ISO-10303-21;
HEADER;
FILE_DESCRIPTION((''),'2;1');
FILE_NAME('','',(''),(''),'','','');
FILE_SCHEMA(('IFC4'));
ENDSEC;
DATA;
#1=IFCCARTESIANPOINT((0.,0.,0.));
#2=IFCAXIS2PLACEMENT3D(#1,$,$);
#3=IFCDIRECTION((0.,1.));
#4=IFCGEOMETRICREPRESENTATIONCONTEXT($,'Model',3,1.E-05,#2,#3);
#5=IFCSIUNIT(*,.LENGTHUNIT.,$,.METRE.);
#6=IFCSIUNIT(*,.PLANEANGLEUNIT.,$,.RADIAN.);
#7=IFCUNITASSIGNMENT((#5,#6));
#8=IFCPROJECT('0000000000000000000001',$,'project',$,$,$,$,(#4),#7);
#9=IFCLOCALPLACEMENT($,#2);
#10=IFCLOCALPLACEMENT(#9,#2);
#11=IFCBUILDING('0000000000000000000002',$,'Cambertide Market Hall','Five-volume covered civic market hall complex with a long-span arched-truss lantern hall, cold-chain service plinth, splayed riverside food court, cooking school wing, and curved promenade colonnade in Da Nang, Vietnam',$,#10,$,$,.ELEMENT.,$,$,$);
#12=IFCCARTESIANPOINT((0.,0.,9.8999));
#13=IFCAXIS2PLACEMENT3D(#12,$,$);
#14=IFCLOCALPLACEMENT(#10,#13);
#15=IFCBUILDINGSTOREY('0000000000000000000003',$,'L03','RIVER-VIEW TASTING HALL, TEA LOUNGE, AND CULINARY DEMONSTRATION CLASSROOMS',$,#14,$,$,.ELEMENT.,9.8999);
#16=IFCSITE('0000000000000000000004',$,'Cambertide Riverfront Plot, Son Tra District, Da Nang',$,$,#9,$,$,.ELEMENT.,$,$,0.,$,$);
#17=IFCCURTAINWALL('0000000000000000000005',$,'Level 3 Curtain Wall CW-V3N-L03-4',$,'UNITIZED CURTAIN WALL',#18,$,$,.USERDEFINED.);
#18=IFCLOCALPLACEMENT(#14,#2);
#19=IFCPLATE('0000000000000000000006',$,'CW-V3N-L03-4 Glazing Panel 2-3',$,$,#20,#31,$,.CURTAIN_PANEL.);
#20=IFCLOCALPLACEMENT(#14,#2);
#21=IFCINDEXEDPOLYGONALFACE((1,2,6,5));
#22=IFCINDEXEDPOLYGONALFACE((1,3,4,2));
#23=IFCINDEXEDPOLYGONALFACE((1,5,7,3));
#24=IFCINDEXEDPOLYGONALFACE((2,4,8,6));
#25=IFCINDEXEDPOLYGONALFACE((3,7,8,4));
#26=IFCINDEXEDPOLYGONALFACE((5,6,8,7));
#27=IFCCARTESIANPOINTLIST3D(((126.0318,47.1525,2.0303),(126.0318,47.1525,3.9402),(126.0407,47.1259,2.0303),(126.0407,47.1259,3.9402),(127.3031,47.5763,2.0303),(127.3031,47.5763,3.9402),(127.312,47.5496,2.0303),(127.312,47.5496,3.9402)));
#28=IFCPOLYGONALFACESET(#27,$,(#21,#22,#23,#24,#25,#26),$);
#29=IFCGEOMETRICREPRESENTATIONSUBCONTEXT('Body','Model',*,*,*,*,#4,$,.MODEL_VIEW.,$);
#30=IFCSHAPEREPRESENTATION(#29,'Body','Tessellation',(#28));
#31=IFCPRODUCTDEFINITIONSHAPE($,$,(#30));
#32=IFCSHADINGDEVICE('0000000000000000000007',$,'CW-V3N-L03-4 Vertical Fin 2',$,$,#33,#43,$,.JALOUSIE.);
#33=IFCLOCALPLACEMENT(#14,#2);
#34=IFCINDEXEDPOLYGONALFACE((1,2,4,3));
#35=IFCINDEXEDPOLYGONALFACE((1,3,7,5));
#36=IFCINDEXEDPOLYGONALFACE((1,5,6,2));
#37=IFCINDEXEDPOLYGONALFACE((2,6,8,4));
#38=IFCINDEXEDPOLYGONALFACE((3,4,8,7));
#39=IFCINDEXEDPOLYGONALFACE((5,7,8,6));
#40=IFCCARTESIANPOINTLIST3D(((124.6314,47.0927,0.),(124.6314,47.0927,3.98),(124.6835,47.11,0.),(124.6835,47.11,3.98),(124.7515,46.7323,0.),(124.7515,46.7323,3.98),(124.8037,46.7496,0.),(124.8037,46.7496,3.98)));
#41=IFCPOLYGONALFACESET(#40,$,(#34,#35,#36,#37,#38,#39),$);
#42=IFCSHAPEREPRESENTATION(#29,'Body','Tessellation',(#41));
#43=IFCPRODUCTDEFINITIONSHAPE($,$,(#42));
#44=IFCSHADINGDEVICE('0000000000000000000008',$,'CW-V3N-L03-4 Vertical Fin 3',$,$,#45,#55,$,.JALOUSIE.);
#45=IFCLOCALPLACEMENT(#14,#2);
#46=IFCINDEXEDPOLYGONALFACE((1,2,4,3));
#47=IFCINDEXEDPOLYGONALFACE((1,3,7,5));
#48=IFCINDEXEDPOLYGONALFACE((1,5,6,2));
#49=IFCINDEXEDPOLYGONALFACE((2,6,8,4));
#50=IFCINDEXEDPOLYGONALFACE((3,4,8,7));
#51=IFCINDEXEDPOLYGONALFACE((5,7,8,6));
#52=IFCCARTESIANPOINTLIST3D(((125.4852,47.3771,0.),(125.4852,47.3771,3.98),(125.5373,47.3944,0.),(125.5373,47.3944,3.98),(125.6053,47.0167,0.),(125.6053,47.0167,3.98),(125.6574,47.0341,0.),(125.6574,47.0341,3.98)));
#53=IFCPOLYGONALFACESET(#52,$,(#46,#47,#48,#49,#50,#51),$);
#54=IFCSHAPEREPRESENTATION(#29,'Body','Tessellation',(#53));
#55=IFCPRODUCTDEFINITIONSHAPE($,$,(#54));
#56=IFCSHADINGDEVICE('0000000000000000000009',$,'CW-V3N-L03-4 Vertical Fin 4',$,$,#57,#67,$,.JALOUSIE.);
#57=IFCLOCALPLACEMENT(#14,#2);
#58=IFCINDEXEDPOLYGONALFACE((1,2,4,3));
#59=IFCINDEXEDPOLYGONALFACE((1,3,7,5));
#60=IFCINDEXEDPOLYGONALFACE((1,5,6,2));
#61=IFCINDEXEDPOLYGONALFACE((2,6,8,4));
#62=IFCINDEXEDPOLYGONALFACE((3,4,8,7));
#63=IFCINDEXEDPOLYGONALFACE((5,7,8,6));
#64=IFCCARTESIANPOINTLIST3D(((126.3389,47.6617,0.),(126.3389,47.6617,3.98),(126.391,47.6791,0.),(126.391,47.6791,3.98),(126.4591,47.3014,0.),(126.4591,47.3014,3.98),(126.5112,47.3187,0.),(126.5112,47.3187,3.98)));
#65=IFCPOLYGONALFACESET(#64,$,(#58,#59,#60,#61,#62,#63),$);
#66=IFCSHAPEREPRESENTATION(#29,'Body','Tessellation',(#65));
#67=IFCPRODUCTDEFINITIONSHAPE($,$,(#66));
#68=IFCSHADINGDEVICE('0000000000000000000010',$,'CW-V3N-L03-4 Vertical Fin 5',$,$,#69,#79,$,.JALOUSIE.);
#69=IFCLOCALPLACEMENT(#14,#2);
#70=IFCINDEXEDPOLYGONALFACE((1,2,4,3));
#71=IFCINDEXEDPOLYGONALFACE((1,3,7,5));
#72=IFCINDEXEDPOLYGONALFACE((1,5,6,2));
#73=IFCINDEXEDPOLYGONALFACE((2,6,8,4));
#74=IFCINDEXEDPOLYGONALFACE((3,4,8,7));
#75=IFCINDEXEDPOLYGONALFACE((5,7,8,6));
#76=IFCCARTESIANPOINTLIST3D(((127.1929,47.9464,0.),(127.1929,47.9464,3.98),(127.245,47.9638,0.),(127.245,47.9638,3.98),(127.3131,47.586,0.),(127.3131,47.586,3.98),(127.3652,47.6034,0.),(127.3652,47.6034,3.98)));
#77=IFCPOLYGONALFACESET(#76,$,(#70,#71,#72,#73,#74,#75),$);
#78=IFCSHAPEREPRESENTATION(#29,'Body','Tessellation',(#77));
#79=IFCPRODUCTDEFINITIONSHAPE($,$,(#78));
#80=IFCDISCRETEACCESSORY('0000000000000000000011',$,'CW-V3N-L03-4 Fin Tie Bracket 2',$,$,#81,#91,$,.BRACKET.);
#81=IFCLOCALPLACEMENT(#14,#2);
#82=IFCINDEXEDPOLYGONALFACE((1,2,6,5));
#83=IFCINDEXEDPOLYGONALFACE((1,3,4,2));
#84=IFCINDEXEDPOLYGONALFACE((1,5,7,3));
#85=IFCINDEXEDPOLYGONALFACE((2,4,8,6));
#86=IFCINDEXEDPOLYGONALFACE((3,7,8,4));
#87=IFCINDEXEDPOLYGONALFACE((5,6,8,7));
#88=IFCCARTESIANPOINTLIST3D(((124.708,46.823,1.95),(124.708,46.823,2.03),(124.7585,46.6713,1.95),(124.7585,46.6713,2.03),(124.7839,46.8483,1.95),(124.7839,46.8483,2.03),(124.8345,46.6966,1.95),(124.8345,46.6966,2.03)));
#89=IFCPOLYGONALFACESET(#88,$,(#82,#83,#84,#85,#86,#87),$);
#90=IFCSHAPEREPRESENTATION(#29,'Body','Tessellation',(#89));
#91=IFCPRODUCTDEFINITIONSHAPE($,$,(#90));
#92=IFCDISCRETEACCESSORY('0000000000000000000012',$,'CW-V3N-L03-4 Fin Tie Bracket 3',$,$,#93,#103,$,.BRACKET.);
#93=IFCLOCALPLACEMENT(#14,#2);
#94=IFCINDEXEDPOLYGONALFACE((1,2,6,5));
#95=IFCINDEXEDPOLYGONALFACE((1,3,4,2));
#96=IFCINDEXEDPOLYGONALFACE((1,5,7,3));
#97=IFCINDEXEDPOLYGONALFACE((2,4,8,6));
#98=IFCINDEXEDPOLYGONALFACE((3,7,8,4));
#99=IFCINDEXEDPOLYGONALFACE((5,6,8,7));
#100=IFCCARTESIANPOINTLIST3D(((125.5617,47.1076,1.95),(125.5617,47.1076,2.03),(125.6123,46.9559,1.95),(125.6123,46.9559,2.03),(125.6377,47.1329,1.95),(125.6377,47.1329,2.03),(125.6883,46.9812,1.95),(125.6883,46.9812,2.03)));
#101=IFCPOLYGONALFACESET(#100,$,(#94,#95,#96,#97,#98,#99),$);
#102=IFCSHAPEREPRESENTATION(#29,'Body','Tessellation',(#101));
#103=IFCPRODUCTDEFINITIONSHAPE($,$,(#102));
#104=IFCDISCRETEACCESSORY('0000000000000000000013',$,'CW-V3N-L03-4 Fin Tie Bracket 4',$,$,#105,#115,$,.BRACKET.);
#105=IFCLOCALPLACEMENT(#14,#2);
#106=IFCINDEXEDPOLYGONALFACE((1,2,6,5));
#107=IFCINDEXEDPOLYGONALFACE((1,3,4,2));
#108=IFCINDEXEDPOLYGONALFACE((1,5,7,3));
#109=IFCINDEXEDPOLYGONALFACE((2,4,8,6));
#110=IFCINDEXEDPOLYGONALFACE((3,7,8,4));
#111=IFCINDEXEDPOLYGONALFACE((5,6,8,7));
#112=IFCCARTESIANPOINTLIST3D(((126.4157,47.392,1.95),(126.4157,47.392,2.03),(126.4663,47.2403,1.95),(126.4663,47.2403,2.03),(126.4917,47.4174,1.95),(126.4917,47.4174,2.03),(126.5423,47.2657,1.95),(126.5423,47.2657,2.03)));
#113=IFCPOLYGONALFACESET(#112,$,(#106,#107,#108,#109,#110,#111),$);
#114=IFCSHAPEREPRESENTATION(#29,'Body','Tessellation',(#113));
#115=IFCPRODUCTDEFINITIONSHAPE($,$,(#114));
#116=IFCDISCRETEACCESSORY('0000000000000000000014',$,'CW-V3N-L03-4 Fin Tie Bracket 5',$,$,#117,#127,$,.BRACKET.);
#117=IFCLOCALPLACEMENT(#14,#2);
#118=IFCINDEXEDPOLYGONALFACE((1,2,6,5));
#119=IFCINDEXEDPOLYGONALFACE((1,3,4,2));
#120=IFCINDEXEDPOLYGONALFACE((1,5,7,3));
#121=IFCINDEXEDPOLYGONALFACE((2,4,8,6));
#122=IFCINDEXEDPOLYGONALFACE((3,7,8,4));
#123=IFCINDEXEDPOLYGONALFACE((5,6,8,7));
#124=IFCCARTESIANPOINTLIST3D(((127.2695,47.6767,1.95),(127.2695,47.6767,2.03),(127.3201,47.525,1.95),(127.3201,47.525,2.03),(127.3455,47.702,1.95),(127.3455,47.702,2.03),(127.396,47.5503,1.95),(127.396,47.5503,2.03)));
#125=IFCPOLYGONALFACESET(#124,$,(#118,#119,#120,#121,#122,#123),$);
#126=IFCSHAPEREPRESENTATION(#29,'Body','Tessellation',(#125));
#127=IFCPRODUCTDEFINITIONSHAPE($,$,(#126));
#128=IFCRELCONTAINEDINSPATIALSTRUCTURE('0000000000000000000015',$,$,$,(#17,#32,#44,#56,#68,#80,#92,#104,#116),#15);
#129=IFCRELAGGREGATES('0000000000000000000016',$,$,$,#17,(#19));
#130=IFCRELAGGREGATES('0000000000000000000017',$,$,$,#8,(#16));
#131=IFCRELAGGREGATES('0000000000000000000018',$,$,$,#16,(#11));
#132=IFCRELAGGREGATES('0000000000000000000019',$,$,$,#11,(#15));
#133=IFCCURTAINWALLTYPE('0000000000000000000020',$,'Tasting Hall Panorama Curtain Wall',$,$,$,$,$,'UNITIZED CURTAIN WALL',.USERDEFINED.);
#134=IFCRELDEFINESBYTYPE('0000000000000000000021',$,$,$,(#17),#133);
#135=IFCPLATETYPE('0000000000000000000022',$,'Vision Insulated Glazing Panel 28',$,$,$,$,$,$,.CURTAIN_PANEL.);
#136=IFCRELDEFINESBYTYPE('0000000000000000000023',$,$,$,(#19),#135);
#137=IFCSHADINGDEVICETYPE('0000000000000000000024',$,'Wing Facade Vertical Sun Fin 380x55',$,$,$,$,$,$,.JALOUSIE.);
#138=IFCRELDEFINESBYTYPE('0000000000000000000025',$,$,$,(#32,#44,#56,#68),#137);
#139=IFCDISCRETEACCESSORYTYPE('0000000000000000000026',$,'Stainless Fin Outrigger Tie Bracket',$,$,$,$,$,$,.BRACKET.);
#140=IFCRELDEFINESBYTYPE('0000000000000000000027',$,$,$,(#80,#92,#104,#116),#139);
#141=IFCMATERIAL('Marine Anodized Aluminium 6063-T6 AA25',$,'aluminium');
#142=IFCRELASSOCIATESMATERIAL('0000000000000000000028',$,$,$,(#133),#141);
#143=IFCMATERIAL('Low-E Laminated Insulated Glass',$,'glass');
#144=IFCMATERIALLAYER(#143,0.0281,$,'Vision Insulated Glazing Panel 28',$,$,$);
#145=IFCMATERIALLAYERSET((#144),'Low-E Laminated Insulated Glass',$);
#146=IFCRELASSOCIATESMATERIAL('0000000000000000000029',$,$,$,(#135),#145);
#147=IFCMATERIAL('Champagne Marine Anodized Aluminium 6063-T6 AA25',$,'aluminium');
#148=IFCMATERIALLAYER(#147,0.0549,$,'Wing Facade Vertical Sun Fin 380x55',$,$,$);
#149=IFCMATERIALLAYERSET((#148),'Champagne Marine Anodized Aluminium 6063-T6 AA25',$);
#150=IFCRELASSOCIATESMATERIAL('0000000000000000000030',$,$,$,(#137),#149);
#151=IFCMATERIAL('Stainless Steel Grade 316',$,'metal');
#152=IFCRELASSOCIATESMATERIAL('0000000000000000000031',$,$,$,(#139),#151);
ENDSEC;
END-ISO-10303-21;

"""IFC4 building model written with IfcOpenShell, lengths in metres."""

from ifc_helpers import new_model, si_unit, direction, frame, origin, origin_2d, place, context, subcontext, project, spatial, rectangle, extrude, material, layer, layer_set, type_object, element, aggregate, save


model = new_model("IFC4")

# Units and contexts
model_context = context("Model", 3, precision=1e-05, world=origin(), true_north=direction((0.0, 1.0)))
body_context = subcontext(model_context, "Body", "Model", "MODEL_VIEW")
ifc_project = project(units=[si_unit("LENGTHUNIT", "METRE"), si_unit("PLANEANGLEUNIT", "RADIAN")], contexts=[model_context])

# Site, building, storey
site_placement = place(None, origin())
site = spatial("IfcSite", under=ifc_project, at=site_placement, Name="Cambertide Riverfront Plot, Son Tra District, Da Nang", CompositionType="ELEMENT", RefElevation=0.0)
building_placement = place(site_placement, origin())
building = spatial("IfcBuilding", under=site, at=building_placement, Name="Cambertide Market Hall", Description="Five-volume covered civic market hall complex with a long-span arched-truss lantern hall, cold-chain service plinth, splayed riverside food court, cooking school wing, and curved promenade colonnade in Da Nang, Vietnam", CompositionType="ELEMENT")
storey_placement = place(building_placement, frame((0.0, 0.0, 9.8999)))
storey = spatial("IfcBuildingStorey", under=building, at=storey_placement, Name="L03", Description="RIVER-VIEW TASTING HALL, TEA LOUNGE, AND CULINARY DEMONSTRATION CLASSROOMS", CompositionType="ELEMENT", Elevation=9.8999)

# Curtain wall, plate
ifc_material_1 = material(Name="Marine Anodized Aluminium 6063-T6 AA25", Category="aluminium")
curtain_wall_type = type_object("IfcCurtainWallType", Name="Tasting Hall Panorama Curtain Wall", ElementType="UNITIZED CURTAIN WALL", PredefinedType="USERDEFINED", material=ifc_material_1)
curtain_wall_placement = place(storey_placement, origin())
curtain_wall = element("IfcCurtainWall", 1, at=curtain_wall_placement, inside=storey, type_object=curtain_wall_type, Name="Level 3 Curtain Wall CW-V3N-L03-4", ObjectType="UNITIZED CURTAIN WALL", PredefinedType="USERDEFINED")
ifc_material_2 = material(Name="Low-E Laminated Insulated Glass", Category="glass")
ifc_layer_1 = layer(ifc_material_2, 0.0281, Name="Vision Insulated Glazing Panel 28")
ifc_layer_set_1 = layer_set([ifc_layer_1], Name="Low-E Laminated Insulated Glass")
plate_type = type_object("IfcPlateType", Name="Vision Insulated Glazing Panel 28", PredefinedType="CURTAIN_PANEL", material=ifc_layer_set_1)
plate_1_placement = place(storey_placement, frame((126.6719, 47.3511, 2.0303), z_axis=(0.0, 0.0, 1.0), x_axis=(0.948683, 0.316228, 0.0)))
plate_1 = element("IfcPlate", 2, at=plate_1_placement, type_object=plate_type, Name="CW-V3N-L03-4 Glazing Panel 2-3", PredefinedType="CURTAIN_PANEL", context=body_context, shape_type="SweptSolid", body=[
    extrude(rectangle(XDim=1.3401, YDim=0.0281, at=origin_2d()), origin(), (0.0, 0.0, 1.0), 1.9099),
])
aggregate(curtain_wall, [plate_1])

# Shading devices
ifc_material_3 = material(Name="Champagne Marine Anodized Aluminium 6063-T6 AA25", Category="aluminium")
ifc_layer_2 = layer(ifc_material_3, 0.0549, Name="Wing Facade Vertical Sun Fin 380x55")
ifc_layer_set_2 = layer_set([ifc_layer_2], Name="Champagne Marine Anodized Aluminium 6063-T6 AA25")
shading_device_type = type_object("IfcShadingDeviceType", Name="Wing Facade Vertical Sun Fin 380x55", PredefinedType="JALOUSIE", material=ifc_layer_set_2)
for number, where, z_axis, x_axis, name in (
    (3, (124.7175, 46.9211, 0.0), (0.0, 0.0, 1.0), (0.948683, 0.316228, 0.0), "CW-V3N-L03-4 Vertical Fin 2"),
    (4, (125.5713, 47.2056, 0.0), (0.0, 0.0, 1.0), (0.948683, 0.316228, 0.0), "CW-V3N-L03-4 Vertical Fin 3"),
    (5, (126.425, 47.4902, 0.0), (0.0, 0.0, 1.0), (0.948683, 0.316228, 0.0), "CW-V3N-L03-4 Vertical Fin 4"),
    (6, (127.2791, 47.7749, 0.0), (0.0, 0.0, 1.0), (0.948683, 0.316228, 0.0), "CW-V3N-L03-4 Vertical Fin 5"),
):
    element("IfcShadingDevice", number, at=place(storey_placement, frame(where, z_axis=z_axis, x_axis=x_axis)), inside=storey, type_object=shading_device_type, Name=name, PredefinedType="JALOUSIE", context=body_context, shape_type="SweptSolid", body=[
        extrude(rectangle(XDim=0.0549, YDim=0.3799, at=origin_2d()), origin(), (0.0, 0.0, 1.0), 3.98),
    ])

# Discrete accessories
ifc_material_4 = material(Name="Stainless Steel Grade 316", Category="metal")
discrete_accessory_type = type_object("IfcDiscreteAccessoryType", Name="Stainless Fin Outrigger Tie Bracket", PredefinedType="BRACKET", material=ifc_material_4)
for number, where, z_axis, x_axis, name in (
    (7, (124.7712, 46.7598, 1.95), (0.0, 0.0, 1.0), (0.948683, 0.316228, 0.0), "CW-V3N-L03-4 Fin Tie Bracket 2"),
    (8, (125.625, 47.0444, 1.95), (0.0, 0.0, 1.0), (0.948683, 0.316228, 0.0), "CW-V3N-L03-4 Fin Tie Bracket 3"),
    (9, (126.479, 47.3289, 1.95), (0.0, 0.0, 1.0), (0.948683, 0.316228, 0.0), "CW-V3N-L03-4 Fin Tie Bracket 4"),
    (10, (127.3328, 47.6135, 1.95), (0.0, 0.0, 1.0), (0.948683, 0.316228, 0.0), "CW-V3N-L03-4 Fin Tie Bracket 5"),
):
    element("IfcDiscreteAccessory", number, at=place(storey_placement, frame(where, z_axis=z_axis, x_axis=x_axis)), inside=storey, type_object=discrete_accessory_type, Name=name, PredefinedType="BRACKET", context=body_context, shape_type="SweptSolid", body=[
        extrude(rectangle(XDim=0.0801, YDim=0.1599, at=origin_2d()), origin(), (0.0, 0.0, 1.0), 0.0801),
    ])

save(model, "model.ifc")
